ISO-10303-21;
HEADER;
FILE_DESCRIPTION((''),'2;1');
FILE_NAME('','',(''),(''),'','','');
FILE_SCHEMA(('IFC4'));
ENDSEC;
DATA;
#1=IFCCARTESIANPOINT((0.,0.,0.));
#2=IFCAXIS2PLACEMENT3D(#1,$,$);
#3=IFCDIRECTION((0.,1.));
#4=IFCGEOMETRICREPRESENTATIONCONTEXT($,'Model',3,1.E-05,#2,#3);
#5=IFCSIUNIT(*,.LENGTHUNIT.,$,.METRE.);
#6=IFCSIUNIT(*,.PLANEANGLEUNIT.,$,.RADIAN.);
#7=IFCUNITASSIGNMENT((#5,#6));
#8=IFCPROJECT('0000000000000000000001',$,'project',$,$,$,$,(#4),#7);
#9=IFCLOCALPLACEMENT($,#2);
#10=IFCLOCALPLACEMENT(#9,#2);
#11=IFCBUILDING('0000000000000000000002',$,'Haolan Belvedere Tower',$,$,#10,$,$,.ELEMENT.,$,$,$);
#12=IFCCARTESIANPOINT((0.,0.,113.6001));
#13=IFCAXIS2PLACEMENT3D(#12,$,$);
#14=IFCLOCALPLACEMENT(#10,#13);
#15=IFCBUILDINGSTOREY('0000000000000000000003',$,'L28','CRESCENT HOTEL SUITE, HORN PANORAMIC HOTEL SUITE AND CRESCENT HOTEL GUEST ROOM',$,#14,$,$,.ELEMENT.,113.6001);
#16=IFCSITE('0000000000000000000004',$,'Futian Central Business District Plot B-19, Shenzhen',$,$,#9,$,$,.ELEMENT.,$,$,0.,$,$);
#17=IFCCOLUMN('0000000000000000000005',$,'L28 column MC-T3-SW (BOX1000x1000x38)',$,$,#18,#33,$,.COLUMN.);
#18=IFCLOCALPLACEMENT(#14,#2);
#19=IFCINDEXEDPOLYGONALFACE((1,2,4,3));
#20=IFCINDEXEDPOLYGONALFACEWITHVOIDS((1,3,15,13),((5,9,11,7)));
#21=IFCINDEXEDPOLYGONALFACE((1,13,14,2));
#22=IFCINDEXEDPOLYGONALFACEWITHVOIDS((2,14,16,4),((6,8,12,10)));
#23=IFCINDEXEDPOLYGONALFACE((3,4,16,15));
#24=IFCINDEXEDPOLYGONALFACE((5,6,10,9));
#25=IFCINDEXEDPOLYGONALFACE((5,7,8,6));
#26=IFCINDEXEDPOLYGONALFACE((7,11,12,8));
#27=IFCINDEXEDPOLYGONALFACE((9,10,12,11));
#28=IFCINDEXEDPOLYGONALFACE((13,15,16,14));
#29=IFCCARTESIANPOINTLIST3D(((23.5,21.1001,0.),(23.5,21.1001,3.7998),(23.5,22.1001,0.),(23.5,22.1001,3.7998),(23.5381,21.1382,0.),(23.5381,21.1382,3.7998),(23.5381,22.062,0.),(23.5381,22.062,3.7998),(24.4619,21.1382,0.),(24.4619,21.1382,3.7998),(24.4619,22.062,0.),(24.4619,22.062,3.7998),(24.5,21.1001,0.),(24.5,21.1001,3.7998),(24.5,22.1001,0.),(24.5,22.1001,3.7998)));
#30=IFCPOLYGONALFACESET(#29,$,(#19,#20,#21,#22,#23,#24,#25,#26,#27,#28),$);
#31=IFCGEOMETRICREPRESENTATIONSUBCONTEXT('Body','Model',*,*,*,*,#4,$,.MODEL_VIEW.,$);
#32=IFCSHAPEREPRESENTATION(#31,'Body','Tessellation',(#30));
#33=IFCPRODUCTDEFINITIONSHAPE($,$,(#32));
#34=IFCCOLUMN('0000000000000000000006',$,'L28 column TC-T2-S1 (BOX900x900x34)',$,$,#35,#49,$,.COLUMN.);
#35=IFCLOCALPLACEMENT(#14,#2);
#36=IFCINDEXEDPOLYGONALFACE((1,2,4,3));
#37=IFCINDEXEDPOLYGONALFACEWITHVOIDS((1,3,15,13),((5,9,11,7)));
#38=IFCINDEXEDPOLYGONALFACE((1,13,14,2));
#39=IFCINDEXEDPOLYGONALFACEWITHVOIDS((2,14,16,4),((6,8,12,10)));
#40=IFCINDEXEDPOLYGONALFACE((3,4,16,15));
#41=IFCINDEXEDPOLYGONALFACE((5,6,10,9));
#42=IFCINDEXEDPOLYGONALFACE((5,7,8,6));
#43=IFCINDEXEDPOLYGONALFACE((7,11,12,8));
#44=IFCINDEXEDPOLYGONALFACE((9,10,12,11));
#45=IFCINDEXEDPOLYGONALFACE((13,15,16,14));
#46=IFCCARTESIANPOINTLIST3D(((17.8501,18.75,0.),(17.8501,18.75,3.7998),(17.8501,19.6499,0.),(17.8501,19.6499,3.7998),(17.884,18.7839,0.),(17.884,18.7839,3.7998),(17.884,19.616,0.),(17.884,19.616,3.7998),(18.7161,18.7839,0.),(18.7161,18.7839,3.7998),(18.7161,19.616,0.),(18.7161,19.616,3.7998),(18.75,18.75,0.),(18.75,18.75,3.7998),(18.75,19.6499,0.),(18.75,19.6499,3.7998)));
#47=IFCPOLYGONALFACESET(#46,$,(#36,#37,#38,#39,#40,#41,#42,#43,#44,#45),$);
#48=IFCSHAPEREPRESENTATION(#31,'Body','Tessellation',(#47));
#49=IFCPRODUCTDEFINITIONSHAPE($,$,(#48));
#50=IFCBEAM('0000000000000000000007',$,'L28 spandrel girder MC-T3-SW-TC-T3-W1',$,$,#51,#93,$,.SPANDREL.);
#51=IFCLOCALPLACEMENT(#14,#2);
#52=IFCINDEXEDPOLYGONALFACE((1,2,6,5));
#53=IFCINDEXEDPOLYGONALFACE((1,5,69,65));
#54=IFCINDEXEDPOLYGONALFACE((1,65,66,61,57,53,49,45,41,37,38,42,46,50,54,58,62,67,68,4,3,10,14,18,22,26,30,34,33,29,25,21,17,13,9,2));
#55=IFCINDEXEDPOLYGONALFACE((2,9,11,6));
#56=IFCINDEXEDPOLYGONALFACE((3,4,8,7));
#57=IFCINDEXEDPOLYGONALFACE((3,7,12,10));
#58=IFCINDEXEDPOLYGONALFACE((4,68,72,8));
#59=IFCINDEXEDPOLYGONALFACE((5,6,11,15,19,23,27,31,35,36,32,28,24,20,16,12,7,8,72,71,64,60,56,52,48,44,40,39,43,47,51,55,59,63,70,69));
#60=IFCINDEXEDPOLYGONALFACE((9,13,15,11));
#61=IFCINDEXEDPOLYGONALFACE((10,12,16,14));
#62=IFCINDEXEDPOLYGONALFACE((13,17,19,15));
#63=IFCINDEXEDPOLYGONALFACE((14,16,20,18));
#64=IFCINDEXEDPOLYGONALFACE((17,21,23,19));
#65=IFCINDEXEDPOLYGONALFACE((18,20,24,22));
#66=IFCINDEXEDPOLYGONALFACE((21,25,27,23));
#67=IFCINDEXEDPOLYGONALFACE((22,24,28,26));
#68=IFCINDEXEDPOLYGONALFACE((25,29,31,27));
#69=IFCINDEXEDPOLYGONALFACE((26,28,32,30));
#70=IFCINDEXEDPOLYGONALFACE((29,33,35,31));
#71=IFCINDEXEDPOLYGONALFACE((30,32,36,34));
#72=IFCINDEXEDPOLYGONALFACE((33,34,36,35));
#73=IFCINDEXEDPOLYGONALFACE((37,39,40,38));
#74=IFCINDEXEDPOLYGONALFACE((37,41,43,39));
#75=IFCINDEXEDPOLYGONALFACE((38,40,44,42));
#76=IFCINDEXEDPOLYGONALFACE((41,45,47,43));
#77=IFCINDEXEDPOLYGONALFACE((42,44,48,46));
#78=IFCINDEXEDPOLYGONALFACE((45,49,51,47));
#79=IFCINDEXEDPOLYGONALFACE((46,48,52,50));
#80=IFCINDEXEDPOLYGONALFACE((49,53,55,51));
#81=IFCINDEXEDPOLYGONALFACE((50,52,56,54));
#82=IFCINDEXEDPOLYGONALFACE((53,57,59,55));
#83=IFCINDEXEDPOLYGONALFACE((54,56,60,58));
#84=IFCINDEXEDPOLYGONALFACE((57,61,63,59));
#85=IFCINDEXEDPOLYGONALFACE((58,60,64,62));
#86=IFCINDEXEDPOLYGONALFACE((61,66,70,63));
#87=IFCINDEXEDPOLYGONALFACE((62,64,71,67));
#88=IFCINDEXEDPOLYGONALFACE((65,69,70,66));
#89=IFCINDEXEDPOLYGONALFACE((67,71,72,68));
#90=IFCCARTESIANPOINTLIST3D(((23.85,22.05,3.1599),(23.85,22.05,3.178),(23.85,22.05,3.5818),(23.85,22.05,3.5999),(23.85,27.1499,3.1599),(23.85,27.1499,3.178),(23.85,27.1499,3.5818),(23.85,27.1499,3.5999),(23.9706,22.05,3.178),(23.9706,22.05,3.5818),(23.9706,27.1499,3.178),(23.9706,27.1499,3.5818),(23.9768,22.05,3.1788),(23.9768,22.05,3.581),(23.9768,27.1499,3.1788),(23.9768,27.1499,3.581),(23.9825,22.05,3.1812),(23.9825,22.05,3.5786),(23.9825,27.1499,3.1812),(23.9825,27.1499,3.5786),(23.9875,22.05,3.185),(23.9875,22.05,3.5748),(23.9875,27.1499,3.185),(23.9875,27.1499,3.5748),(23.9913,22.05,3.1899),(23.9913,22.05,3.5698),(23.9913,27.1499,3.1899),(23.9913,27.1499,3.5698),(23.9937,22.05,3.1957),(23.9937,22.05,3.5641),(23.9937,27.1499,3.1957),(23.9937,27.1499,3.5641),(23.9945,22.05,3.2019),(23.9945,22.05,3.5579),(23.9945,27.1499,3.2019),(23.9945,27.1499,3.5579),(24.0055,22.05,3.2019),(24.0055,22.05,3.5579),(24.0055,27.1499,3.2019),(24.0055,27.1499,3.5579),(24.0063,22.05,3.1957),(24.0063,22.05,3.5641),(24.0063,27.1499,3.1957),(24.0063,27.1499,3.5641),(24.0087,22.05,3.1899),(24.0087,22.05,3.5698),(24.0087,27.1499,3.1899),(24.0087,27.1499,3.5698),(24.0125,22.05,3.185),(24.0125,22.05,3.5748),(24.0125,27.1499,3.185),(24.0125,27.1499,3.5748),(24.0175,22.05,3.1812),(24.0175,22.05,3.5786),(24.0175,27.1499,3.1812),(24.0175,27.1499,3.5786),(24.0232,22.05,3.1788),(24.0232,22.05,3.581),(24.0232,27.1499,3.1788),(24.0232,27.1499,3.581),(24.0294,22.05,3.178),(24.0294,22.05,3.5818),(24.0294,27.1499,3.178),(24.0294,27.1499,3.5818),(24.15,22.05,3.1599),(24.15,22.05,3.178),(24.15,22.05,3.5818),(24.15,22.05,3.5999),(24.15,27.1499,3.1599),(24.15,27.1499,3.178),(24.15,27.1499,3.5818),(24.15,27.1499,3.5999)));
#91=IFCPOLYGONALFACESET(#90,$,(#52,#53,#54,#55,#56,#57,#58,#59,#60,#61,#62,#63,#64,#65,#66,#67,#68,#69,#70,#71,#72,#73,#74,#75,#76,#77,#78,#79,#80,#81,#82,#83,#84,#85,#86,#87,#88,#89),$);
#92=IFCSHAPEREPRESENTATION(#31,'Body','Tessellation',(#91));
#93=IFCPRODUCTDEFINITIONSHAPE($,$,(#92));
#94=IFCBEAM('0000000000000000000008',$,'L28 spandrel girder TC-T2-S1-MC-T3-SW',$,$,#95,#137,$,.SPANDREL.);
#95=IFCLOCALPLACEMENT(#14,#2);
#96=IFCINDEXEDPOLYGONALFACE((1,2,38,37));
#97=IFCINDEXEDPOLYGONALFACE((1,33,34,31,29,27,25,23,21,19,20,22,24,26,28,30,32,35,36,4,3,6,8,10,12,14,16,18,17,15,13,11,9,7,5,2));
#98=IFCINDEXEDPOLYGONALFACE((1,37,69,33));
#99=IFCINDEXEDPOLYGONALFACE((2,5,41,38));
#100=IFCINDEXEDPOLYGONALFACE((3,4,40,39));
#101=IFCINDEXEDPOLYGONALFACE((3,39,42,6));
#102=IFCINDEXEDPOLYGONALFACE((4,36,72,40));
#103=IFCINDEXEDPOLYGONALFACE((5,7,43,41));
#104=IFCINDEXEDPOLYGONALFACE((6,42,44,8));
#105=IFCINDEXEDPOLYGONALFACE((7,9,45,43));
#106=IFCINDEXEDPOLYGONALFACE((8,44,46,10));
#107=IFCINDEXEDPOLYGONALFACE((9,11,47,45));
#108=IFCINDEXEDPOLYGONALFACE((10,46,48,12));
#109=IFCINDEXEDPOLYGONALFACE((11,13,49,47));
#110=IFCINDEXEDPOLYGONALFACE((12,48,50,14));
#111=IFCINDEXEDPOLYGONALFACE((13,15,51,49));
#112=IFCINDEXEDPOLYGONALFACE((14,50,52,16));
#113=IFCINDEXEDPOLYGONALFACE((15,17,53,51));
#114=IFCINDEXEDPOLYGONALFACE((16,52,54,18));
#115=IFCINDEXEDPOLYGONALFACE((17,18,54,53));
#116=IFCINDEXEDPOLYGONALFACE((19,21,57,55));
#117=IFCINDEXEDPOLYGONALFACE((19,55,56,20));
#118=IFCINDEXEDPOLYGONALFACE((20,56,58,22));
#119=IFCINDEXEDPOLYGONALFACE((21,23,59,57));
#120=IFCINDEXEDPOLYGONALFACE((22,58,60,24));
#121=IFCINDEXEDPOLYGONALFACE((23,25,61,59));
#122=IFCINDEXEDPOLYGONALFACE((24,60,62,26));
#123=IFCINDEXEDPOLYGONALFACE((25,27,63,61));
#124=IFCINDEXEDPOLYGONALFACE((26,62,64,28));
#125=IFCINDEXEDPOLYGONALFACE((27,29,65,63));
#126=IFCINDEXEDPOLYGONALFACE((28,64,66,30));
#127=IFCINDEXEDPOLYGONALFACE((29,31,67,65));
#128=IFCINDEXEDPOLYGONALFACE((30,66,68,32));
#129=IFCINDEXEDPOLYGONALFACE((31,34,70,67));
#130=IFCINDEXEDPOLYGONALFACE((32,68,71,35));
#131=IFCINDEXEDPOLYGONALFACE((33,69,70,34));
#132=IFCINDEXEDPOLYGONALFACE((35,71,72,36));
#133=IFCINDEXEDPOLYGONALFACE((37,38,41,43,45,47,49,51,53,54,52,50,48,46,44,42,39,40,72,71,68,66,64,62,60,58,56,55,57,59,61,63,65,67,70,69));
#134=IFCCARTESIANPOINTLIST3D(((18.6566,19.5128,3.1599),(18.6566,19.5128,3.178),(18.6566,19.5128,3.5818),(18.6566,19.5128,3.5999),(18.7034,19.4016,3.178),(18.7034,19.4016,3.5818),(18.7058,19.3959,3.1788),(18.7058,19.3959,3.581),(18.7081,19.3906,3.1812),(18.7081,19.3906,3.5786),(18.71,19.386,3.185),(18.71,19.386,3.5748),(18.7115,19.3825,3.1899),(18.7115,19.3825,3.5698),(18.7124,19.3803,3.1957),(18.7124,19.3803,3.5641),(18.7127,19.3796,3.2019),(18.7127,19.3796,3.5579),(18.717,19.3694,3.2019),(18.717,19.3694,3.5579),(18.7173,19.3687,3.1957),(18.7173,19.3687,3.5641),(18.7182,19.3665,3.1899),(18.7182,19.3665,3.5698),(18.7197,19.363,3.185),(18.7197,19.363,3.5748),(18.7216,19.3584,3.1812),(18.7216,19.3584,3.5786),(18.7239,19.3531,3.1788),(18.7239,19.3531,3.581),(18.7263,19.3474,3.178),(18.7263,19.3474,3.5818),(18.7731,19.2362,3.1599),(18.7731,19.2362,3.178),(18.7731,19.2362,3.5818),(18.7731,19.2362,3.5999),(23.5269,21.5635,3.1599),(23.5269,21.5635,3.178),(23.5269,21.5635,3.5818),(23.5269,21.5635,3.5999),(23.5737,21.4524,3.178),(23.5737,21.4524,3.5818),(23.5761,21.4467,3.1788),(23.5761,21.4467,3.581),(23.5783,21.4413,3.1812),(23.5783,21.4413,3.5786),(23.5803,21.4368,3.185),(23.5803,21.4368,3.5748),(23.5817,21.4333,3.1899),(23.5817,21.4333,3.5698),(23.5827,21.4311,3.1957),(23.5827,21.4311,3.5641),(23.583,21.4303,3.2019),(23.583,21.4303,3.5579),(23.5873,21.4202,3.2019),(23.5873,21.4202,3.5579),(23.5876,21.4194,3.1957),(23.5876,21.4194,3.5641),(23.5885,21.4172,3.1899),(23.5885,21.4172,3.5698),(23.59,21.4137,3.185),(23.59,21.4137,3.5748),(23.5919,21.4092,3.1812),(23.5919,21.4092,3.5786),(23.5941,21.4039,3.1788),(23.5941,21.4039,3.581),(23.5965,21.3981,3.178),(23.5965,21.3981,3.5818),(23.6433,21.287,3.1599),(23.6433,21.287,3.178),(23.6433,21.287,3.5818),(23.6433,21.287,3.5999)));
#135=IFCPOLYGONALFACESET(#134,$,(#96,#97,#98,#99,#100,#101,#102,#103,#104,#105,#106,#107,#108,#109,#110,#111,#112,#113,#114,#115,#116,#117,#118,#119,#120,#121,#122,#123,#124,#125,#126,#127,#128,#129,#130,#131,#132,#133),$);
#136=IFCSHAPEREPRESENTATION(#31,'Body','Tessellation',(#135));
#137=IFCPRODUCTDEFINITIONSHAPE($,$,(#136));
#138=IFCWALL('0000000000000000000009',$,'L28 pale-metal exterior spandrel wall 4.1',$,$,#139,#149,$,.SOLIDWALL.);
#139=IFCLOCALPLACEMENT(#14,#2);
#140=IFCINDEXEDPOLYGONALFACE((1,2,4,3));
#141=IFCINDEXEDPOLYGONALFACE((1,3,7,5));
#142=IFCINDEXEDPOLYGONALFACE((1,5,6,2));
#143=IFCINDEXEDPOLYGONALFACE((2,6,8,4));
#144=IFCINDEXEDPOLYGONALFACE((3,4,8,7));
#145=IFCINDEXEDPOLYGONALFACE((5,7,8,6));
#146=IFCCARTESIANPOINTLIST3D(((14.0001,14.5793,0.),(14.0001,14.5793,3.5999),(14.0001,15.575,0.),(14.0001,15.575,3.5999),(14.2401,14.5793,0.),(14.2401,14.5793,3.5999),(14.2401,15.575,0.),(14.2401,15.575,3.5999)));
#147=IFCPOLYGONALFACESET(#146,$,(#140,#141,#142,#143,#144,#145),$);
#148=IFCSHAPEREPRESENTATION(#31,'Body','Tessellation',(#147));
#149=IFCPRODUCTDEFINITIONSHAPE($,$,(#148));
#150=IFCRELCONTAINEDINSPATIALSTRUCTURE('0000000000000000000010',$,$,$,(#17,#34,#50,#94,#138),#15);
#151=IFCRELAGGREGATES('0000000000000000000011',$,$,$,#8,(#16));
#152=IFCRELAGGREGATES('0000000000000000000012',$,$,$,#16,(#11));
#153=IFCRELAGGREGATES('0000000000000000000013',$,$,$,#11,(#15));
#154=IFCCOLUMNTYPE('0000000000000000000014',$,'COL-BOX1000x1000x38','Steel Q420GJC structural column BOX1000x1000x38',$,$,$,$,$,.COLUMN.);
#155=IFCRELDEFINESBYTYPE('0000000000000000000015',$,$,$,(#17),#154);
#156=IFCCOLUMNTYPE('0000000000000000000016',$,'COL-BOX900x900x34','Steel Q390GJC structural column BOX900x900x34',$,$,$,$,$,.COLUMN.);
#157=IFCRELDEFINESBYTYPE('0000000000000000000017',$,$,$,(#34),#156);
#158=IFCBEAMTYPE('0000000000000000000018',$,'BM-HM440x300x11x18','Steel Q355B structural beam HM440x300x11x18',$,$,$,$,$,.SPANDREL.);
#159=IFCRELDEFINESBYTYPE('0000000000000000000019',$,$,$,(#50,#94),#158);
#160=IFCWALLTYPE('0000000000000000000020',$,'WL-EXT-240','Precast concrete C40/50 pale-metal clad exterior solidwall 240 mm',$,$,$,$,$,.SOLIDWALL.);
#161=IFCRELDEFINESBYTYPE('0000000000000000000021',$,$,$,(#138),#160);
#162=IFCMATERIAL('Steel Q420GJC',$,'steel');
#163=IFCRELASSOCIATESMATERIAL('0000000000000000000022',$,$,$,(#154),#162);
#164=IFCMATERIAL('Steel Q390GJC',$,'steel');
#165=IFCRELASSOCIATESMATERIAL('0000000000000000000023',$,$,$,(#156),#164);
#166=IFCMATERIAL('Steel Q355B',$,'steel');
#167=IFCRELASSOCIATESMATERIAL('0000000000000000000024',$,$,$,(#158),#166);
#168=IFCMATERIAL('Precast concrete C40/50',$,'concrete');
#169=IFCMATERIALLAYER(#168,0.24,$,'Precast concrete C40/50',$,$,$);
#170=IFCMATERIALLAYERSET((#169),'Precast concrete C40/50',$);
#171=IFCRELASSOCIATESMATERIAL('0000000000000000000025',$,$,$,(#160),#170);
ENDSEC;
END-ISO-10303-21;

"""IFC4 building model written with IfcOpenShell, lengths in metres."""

from ifc_helpers import new_model, si_unit, direction, frame, frame_2d, origin, origin_2d, place, context, subcontext, project, spatial, rectangle, hollow_rectangle, i_section, extrude, material, layer, layer_set, material_profile, profile_set, type_object, element, save


model = new_model("IFC4")

# Units and contexts
model_context = context("Model", 3, precision=1e-05, world=origin(), true_north=direction((0.0, 1.0)))
body_context = subcontext(model_context, "Body", "Model", "MODEL_VIEW")
ifc_project = project(units=[si_unit("LENGTHUNIT", "METRE"), si_unit("PLANEANGLEUNIT", "RADIAN")], contexts=[model_context])

# Site, building, storey
site_placement = place(None, origin())
site = spatial("IfcSite", under=ifc_project, at=site_placement, Name="Futian Central Business District Plot B-19, Shenzhen", CompositionType="ELEMENT", RefElevation=0.0)
building_placement = place(site_placement, origin())
building = spatial("IfcBuilding", under=site, at=building_placement, Name="Haolan Belvedere Tower", CompositionType="ELEMENT")
storey_placement = place(building_placement, frame((0.0, 0.0, 113.6001)))
storey = spatial("IfcBuildingStorey", under=building, at=storey_placement, Name="L28", Description="CRESCENT HOTEL SUITE, HORN PANORAMIC HOTEL SUITE AND CRESCENT HOTEL GUEST ROOM", CompositionType="ELEMENT", Elevation=113.6001)

# Columns
ifc_material_1 = material(Name="Steel Q420GJC", Category="steel")
ifc_material_profile_1 = material_profile(ifc_material_1, hollow_rectangle(XDim=1.0, YDim=1.0, WallThickness=0.0381, at=origin_2d()), Name="Steel Q420GJC")
ifc_profile_set_1 = profile_set([ifc_material_profile_1], Name="Steel Q420GJC")
column_type_1 = type_object("IfcColumnType", Name="COL-BOX1000x1000x38", Description="Steel Q420GJC structural column BOX1000x1000x38", PredefinedType="COLUMN", material=ifc_profile_set_1)
column_1_placement = place(storey_placement, frame((24.0, 21.6001, 0.0), z_axis=(0.0, 0.0, 1.0), x_axis=(1.0, 0.0, 0.0)))
element("IfcColumn", 1, at=column_1_placement, inside=storey, type_object=column_type_1, Name="L28 column MC-T3-SW (BOX1000x1000x38)", PredefinedType="COLUMN", context=body_context, shape_type="SweptSolid", body=[
    extrude(hollow_rectangle(XDim=1.0, YDim=1.0, WallThickness=0.0381, at=origin_2d()), origin(), (0.0, 0.0, 1.0), 3.7998),
])
ifc_material_2 = material(Name="Steel Q390GJC", Category="steel")
ifc_material_profile_2 = material_profile(ifc_material_2, hollow_rectangle(XDim=0.8999, YDim=0.8999, WallThickness=0.0339, at=origin_2d()), Name="Steel Q390GJC")
ifc_profile_set_2 = profile_set([ifc_material_profile_2], Name="Steel Q390GJC")
column_type_2 = type_object("IfcColumnType", Name="COL-BOX900x900x34", Description="Steel Q390GJC structural column BOX900x900x34", PredefinedType="COLUMN", material=ifc_profile_set_2)
column_2_placement = place(storey_placement, frame((18.3, 19.2, 0.0), z_axis=(0.0, 0.0, 1.0), x_axis=(1.0, 0.0, 0.0)))
element("IfcColumn", 2, at=column_2_placement, inside=storey, type_object=column_type_2, Name="L28 column TC-T2-S1 (BOX900x900x34)", PredefinedType="COLUMN", context=body_context, shape_type="SweptSolid", body=[
    extrude(hollow_rectangle(XDim=0.8999, YDim=0.8999, WallThickness=0.0339, at=origin_2d()), origin(), (0.0, 0.0, 1.0), 3.7998),
])

# Beams
ifc_material_3 = material(Name="Steel Q355B", Category="steel")
ifc_material_profile_3 = material_profile(ifc_material_3, i_section(OverallWidth=0.3, OverallDepth=0.4399, WebThickness=0.011, FlangeThickness=0.0181, FilletRadius=0.0239, at=origin_2d()), Name="Steel Q355B")
ifc_profile_set_3 = profile_set([ifc_material_profile_3], Name="Steel Q355B")
beam_type = type_object("IfcBeamType", Name="BM-HM440x300x11x18", Description="Steel Q355B structural beam HM440x300x11x18", PredefinedType="SPANDREL", material=ifc_profile_set_3)
beam_1_placement = place(storey_placement, frame((24.0, 22.05, 3.3799), z_axis=(0.0, 1.0, 0.0), x_axis=(-1.0, 0.0, 0.0)))
element("IfcBeam", 3, at=beam_1_placement, inside=storey, type_object=beam_type, Name="L28 spandrel girder MC-T3-SW-TC-T3-W1", PredefinedType="SPANDREL", context=body_context, shape_type="SweptSolid", body=[
    extrude(i_section(OverallWidth=0.3, OverallDepth=0.4399, WebThickness=0.011, FlangeThickness=0.0181, FilletRadius=0.0239, at=origin_2d()), origin(), (0.0, 0.0, 1.0), 5.0999),
])
beam_2_placement = place(storey_placement, frame((18.7148, 19.3745, 3.3799), z_axis=(0.921628, 0.388074, 0.0), x_axis=(-0.388074, 0.921628, 0.0)))
element("IfcBeam", 4, at=beam_2_placement, inside=storey, type_object=beam_type, Name="L28 spandrel girder TC-T2-S1-MC-T3-SW", PredefinedType="SPANDREL", context=body_context, shape_type="SweptSolid", body=[
    extrude(i_section(OverallWidth=0.3, OverallDepth=0.4399, WebThickness=0.011, FlangeThickness=0.0181, FilletRadius=0.0239, at=origin_2d()), origin(), (0.0, 0.0, 1.0), 5.2844),
])

# Wall
ifc_material_4 = material(Name="Precast concrete C40/50", Category="concrete")
ifc_layer_1 = layer(ifc_material_4, 0.24, Name="Precast concrete C40/50")
ifc_layer_set_1 = layer_set([ifc_layer_1], Name="Precast concrete C40/50")
wall_type_1 = type_object("IfcWallType", Name="WL-EXT-240", Description="Precast concrete C40/50 pale-metal clad exterior solidwall 240 mm", PredefinedType="SOLIDWALL", material=ifc_layer_set_1)
wall_1_placement = place(storey_placement, frame((14.1201, 15.575, 0.0), z_axis=(0.0, 0.0, 1.0), x_axis=(0.0, -1.0, 0.0)))
element("IfcWall", 5, at=wall_1_placement, inside=storey, type_object=wall_type_1, Name="L28 pale-metal exterior spandrel wall 4.1", PredefinedType="SOLIDWALL", context=body_context, shape_type="SweptSolid", body=[
    extrude(rectangle(XDim=0.9956, YDim=0.24, at=frame_2d((0.4978, 0.0))), origin(), (0.0, 0.0, 1.0), 3.5999),
])

save(model, "model.ifc")
